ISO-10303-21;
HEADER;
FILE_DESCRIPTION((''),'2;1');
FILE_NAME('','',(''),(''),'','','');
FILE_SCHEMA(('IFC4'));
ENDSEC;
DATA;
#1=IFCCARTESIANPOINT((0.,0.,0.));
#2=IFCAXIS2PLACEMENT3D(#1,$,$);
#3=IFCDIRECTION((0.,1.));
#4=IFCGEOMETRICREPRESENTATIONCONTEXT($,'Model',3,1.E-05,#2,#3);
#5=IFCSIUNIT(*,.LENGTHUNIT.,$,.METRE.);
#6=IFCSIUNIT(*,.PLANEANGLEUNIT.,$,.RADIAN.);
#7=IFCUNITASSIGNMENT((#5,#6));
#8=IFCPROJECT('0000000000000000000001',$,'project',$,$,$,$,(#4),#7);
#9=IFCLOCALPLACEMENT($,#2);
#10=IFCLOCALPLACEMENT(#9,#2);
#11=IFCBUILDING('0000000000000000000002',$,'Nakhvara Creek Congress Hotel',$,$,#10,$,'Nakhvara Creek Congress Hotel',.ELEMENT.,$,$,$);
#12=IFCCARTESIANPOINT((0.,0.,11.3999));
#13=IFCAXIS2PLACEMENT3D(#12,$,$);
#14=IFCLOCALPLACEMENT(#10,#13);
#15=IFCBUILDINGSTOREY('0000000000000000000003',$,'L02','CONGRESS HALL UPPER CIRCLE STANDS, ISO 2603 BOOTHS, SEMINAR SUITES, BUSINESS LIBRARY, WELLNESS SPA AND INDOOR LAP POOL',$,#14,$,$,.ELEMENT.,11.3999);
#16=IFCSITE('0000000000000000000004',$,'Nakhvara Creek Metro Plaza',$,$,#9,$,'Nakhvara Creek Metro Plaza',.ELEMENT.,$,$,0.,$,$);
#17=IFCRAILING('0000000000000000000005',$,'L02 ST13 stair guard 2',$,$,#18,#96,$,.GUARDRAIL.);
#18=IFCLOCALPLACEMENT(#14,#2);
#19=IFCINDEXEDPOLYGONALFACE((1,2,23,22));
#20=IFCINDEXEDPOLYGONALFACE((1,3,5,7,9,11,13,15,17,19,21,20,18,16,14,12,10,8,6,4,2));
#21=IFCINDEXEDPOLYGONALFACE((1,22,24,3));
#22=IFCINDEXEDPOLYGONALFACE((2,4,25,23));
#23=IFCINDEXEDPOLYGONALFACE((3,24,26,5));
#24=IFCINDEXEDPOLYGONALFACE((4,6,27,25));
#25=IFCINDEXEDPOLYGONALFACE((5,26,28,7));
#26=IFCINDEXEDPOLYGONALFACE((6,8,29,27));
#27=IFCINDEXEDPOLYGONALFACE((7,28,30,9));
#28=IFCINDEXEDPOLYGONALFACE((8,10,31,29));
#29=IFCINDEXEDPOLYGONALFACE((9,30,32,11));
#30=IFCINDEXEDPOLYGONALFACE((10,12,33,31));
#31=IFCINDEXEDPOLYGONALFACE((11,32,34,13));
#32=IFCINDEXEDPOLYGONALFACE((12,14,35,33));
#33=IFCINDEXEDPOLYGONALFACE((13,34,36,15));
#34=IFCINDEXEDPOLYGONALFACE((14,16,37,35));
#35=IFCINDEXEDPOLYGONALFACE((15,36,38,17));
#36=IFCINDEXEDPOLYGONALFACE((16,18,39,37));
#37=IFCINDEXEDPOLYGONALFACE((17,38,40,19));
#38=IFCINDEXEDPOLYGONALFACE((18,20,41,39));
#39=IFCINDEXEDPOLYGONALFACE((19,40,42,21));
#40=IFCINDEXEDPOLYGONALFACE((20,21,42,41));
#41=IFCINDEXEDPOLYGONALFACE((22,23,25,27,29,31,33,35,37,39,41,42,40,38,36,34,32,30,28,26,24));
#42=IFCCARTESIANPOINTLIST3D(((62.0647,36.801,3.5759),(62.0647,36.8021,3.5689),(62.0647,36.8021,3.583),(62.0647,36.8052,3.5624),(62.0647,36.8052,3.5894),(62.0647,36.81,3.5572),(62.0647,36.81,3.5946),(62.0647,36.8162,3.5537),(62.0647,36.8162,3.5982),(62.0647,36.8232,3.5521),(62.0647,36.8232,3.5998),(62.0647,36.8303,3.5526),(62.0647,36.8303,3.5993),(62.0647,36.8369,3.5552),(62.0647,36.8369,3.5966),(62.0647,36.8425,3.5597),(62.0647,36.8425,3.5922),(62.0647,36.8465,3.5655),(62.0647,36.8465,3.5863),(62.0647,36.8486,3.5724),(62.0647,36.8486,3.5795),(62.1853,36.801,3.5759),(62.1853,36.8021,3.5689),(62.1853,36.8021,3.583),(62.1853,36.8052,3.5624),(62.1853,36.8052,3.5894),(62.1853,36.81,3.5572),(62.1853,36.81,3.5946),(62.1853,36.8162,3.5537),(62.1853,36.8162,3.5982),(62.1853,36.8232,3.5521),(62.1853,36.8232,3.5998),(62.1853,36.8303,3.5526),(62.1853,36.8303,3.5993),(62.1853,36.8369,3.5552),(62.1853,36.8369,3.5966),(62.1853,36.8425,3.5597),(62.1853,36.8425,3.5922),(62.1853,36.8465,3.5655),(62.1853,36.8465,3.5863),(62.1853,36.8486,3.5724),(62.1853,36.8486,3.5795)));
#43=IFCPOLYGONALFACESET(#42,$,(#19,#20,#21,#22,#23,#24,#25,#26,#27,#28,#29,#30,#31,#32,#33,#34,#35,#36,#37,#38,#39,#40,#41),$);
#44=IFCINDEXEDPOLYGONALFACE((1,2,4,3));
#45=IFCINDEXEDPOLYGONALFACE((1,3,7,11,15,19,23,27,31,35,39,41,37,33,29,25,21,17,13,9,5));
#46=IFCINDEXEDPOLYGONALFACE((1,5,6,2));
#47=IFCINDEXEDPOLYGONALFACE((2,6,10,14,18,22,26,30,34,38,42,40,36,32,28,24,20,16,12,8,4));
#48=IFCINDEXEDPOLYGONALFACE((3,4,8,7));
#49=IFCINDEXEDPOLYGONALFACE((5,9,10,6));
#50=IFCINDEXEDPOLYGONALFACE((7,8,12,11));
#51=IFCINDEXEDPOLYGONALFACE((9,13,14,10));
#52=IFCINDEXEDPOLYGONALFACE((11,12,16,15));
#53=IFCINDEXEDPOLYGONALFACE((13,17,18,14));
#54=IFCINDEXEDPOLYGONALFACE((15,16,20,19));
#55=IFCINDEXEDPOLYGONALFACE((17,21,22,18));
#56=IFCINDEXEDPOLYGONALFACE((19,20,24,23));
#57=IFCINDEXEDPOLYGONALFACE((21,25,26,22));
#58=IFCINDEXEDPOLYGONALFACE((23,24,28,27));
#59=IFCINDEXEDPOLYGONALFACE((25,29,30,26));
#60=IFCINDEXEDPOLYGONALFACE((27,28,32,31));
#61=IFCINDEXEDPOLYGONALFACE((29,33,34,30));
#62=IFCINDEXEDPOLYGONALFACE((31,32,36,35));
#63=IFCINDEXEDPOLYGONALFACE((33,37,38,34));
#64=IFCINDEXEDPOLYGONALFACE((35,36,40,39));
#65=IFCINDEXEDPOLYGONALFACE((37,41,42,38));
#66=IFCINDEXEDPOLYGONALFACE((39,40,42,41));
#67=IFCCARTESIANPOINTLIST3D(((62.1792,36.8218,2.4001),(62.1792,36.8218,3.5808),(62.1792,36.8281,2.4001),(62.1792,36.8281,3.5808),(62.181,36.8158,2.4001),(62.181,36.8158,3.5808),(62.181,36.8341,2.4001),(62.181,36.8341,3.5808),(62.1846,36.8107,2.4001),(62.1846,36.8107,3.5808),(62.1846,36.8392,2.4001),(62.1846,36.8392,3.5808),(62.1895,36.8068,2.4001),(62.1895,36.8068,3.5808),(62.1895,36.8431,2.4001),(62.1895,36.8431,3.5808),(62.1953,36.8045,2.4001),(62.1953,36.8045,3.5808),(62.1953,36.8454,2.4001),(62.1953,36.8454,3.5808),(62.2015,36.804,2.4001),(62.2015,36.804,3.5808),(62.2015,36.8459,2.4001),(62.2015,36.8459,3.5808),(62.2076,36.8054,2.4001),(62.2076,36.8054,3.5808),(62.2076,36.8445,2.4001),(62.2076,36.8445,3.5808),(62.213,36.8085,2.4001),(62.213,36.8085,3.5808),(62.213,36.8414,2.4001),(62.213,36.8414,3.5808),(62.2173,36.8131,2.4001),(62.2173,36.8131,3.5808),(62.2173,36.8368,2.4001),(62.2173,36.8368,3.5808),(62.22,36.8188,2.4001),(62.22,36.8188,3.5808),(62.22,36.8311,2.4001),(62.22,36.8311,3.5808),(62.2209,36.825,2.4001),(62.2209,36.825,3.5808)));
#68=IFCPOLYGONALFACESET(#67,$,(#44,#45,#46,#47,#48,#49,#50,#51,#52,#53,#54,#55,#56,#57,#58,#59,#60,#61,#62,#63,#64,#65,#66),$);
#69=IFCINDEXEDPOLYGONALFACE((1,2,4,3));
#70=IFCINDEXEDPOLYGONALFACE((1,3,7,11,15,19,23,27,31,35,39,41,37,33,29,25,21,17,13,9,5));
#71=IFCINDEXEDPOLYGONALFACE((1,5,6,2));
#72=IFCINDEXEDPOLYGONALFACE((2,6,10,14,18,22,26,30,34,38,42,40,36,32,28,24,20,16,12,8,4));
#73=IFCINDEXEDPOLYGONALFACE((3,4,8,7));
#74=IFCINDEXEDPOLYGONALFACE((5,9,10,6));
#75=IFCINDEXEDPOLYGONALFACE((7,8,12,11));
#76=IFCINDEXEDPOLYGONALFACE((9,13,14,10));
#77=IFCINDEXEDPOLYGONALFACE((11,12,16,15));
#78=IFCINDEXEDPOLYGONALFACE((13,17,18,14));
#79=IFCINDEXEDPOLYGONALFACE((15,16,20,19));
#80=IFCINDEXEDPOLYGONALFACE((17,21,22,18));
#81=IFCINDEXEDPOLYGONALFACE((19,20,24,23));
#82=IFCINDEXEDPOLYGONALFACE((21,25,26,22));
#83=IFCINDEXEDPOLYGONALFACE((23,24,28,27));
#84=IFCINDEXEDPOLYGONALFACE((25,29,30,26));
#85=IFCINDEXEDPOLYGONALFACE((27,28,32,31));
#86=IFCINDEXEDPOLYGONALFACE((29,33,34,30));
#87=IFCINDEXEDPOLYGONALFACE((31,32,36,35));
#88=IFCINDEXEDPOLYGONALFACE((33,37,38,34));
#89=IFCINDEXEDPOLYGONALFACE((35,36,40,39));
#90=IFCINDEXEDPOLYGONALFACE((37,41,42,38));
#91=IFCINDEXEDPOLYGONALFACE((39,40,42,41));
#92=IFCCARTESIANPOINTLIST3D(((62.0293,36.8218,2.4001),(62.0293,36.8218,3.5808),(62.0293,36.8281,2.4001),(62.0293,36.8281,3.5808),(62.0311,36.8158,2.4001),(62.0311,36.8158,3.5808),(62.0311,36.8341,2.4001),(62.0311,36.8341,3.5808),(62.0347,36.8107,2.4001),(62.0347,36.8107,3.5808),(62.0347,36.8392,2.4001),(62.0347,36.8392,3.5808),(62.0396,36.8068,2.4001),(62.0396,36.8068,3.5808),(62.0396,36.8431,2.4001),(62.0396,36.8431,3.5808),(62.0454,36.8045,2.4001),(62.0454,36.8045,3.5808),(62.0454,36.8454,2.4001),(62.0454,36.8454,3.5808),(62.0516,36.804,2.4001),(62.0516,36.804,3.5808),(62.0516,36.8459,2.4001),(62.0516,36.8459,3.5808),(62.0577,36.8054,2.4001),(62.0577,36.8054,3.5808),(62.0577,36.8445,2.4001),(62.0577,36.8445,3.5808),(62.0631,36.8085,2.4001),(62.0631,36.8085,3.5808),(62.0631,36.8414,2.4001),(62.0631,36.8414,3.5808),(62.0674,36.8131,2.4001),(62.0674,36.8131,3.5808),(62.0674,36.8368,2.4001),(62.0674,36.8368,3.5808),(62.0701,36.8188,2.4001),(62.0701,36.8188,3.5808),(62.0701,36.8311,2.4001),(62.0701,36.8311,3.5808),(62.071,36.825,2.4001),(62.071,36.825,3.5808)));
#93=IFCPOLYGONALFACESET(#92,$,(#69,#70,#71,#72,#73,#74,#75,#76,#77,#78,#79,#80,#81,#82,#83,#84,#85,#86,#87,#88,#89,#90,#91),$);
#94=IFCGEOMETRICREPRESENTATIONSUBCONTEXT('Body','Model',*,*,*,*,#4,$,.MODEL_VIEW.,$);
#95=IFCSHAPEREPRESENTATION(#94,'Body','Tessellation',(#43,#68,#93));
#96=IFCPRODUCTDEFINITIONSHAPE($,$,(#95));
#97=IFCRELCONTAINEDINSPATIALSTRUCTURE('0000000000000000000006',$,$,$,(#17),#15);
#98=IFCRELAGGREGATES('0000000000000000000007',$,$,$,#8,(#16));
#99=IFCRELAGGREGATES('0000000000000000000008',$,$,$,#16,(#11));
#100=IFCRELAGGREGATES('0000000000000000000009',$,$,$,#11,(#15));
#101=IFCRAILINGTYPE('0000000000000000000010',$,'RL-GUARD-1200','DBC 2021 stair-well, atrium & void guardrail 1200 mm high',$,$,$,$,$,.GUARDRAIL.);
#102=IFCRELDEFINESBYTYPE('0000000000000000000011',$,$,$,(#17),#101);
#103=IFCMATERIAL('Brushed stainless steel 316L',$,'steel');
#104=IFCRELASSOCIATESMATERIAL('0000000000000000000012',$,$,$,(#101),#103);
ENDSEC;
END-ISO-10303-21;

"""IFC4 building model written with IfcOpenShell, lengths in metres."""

from ifc_helpers import new_model, si_unit, direction, frame, origin, origin_2d, place, context, subcontext, project, spatial, circle, extrude, material, type_object, element, save


model = new_model("IFC4")

# Units and contexts
model_context = context("Model", 3, precision=1e-05, world=origin(), true_north=direction((0.0, 1.0)))
body_context = subcontext(model_context, "Body", "Model", "MODEL_VIEW")
ifc_project = project(units=[si_unit("LENGTHUNIT", "METRE"), si_unit("PLANEANGLEUNIT", "RADIAN")], contexts=[model_context])

# Site, building, storey
site_placement = place(None, origin())
site = spatial("IfcSite", under=ifc_project, at=site_placement, Name="Nakhvara Creek Metro Plaza", LongName="Nakhvara Creek Metro Plaza", CompositionType="ELEMENT", RefElevation=0.0)
building_placement = place(site_placement, origin())
building = spatial("IfcBuilding", under=site, at=building_placement, Name="Nakhvara Creek Congress Hotel", LongName="Nakhvara Creek Congress Hotel", CompositionType="ELEMENT")
storey_placement = place(building_placement, frame((0.0, 0.0, 11.3999)))
storey = spatial("IfcBuildingStorey", under=building, at=storey_placement, Name="L02", Description="CONGRESS HALL UPPER CIRCLE STANDS, ISO 2603 BOOTHS, SEMINAR SUITES, BUSINESS LIBRARY, WELLNESS SPA AND INDOOR LAP POOL", CompositionType="ELEMENT", Elevation=11.3999)

# Railing
ifc_material_1 = material(Name="Brushed stainless steel 316L", Category="steel")
railing_type_1 = type_object("IfcRailingType", Name="RL-GUARD-1200", Description="DBC 2021 stair-well, atrium & void guardrail 1200 mm high", PredefinedType="GUARDRAIL", material=ifc_material_1)
railing_1_placement = place(storey_placement, frame((62.2, 36.825, 2.4001)))
element("IfcRailing", 1, at=railing_1_placement, inside=storey, type_object=railing_type_1, Name="L02 ST13 stair guard 2", PredefinedType="GUARDRAIL", context=body_context, shape_type="SweptSolid", body=[
    extrude(circle(Radius=0.0239, at=origin_2d()), frame((-0.0146, 0.0, 1.1758), z_axis=(-1.0, 0.0, 0.0), x_axis=(0.0, -1.0, 0.0)), (0.0, 0.0, 1.0), 0.1206),
    extrude(circle(Radius=0.021, at=origin_2d()), origin(), (0.0, 0.0, 1.0), 1.1807),
    extrude(circle(Radius=0.021, at=origin_2d()), frame((-0.1499, 0.0, 0.0)), (0.0, 0.0, 1.0), 1.1807),
])

save(model, "model.ifc")
